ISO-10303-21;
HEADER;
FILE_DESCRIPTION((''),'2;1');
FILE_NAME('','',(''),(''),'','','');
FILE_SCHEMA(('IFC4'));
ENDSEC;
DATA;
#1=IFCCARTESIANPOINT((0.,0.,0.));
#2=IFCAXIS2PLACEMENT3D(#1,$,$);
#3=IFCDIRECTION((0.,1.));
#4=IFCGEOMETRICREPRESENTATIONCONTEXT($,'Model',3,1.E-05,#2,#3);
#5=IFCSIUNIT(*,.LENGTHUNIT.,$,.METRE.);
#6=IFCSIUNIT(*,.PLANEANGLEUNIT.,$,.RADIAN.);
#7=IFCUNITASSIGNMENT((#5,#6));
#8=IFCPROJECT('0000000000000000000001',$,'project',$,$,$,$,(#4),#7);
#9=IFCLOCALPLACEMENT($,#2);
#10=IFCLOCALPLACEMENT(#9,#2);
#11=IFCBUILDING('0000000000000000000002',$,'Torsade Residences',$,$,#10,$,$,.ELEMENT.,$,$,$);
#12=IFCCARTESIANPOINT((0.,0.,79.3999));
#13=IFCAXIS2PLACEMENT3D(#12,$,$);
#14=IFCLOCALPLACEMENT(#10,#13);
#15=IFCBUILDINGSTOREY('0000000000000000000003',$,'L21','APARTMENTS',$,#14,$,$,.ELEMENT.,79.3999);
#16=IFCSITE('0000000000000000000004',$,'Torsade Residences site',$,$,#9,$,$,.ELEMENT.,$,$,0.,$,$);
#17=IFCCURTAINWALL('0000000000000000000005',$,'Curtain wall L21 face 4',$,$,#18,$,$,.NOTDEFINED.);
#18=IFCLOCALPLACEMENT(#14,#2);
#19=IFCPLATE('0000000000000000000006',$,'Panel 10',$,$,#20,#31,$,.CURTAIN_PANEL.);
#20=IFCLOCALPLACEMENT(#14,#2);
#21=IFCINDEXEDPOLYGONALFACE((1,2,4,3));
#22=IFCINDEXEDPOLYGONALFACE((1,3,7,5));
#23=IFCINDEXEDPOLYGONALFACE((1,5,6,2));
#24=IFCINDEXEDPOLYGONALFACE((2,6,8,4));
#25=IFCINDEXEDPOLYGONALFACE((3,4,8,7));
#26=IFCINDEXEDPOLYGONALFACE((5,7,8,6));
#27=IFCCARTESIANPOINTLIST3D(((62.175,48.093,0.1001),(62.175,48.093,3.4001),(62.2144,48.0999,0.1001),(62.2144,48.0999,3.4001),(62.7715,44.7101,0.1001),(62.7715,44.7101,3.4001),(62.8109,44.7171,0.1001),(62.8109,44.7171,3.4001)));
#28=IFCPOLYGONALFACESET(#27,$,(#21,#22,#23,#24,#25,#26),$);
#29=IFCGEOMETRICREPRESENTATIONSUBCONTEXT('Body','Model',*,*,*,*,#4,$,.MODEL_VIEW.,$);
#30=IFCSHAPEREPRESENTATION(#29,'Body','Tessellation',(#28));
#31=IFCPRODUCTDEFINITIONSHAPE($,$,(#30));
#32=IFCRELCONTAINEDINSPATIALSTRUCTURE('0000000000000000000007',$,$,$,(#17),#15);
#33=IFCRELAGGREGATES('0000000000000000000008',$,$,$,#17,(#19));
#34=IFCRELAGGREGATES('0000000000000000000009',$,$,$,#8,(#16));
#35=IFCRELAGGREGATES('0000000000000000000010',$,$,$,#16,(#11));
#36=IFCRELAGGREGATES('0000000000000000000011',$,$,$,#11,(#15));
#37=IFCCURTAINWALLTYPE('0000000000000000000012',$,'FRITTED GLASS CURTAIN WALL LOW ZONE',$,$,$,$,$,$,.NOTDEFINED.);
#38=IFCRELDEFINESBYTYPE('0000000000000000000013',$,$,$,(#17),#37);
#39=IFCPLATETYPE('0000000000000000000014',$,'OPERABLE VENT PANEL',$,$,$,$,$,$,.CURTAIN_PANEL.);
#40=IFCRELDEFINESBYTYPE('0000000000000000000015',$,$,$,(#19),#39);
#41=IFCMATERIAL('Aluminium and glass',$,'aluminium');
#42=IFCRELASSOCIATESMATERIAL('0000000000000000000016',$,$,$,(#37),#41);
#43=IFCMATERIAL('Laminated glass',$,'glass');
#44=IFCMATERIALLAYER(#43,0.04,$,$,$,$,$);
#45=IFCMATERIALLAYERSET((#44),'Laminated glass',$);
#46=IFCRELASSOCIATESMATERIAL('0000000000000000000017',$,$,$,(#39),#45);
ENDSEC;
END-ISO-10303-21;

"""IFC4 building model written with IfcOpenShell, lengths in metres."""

from ifc_helpers import new_model, si_unit, direction, frame, origin, origin_2d, place, context, subcontext, project, spatial, rectangle, extrude, material, layer, layer_set, type_object, element, aggregate, save


model = new_model("IFC4")

# Units and contexts
model_context = context("Model", 3, precision=1e-05, world=origin(), true_north=direction((0.0, 1.0)))
body_context = subcontext(model_context, "Body", "Model", "MODEL_VIEW")
ifc_project = project(units=[si_unit("LENGTHUNIT", "METRE"), si_unit("PLANEANGLEUNIT", "RADIAN")], contexts=[model_context])

# Site, building, storey
site_placement = place(None, origin())
site = spatial("IfcSite", under=ifc_project, at=site_placement, Name="Torsade Residences site", CompositionType="ELEMENT", RefElevation=0.0)
building_placement = place(site_placement, origin())
building = spatial("IfcBuilding", under=site, at=building_placement, Name="Torsade Residences", CompositionType="ELEMENT")
storey_placement = place(building_placement, frame((0.0, 0.0, 79.3999)))
storey = spatial("IfcBuildingStorey", under=building, at=storey_placement, Name="L21", Description="APARTMENTS", CompositionType="ELEMENT", Elevation=79.3999)

# Curtain wall
ifc_material_1 = material(Name="Aluminium and glass", Category="aluminium")
curtain_wall_type = type_object("IfcCurtainWallType", Name="FRITTED GLASS CURTAIN WALL LOW ZONE", PredefinedType="NOTDEFINED", material=ifc_material_1)
curtain_wall_placement = place(storey_placement, origin())
curtain_wall = element("IfcCurtainWall", 1, at=curtain_wall_placement, inside=storey, type_object=curtain_wall_type, Name="Curtain wall L21 face 4", PredefinedType="NOTDEFINED")

# Plate
ifc_material_2 = material(Name="Laminated glass", Category="glass")
ifc_layer_1 = layer(ifc_material_2, 0.04)
ifc_layer_set_1 = layer_set([ifc_layer_1], Name="Laminated glass")
plate_type_1 = type_object("IfcPlateType", Name="OPERABLE VENT PANEL", PredefinedType="CURTAIN_PANEL", material=ifc_layer_set_1)
plate_1_placement = place(storey_placement, frame((62.4929, 46.405, 0.1001), z_axis=(0.0, 0.0, 1.0), x_axis=(-0.173648, 0.984808, 0.0)))
plate_1 = element("IfcPlate", 2, at=plate_1_placement, type_object=plate_type_1, Name="Panel 10", PredefinedType="CURTAIN_PANEL", context=body_context, shape_type="SweptSolid", body=[
    extrude(rectangle(XDim=3.4351, YDim=0.04, at=origin_2d()), origin(), (0.0, 0.0, 1.0), 3.3),
])
aggregate(curtain_wall, [plate_1])

save(model, "model.ifc")
